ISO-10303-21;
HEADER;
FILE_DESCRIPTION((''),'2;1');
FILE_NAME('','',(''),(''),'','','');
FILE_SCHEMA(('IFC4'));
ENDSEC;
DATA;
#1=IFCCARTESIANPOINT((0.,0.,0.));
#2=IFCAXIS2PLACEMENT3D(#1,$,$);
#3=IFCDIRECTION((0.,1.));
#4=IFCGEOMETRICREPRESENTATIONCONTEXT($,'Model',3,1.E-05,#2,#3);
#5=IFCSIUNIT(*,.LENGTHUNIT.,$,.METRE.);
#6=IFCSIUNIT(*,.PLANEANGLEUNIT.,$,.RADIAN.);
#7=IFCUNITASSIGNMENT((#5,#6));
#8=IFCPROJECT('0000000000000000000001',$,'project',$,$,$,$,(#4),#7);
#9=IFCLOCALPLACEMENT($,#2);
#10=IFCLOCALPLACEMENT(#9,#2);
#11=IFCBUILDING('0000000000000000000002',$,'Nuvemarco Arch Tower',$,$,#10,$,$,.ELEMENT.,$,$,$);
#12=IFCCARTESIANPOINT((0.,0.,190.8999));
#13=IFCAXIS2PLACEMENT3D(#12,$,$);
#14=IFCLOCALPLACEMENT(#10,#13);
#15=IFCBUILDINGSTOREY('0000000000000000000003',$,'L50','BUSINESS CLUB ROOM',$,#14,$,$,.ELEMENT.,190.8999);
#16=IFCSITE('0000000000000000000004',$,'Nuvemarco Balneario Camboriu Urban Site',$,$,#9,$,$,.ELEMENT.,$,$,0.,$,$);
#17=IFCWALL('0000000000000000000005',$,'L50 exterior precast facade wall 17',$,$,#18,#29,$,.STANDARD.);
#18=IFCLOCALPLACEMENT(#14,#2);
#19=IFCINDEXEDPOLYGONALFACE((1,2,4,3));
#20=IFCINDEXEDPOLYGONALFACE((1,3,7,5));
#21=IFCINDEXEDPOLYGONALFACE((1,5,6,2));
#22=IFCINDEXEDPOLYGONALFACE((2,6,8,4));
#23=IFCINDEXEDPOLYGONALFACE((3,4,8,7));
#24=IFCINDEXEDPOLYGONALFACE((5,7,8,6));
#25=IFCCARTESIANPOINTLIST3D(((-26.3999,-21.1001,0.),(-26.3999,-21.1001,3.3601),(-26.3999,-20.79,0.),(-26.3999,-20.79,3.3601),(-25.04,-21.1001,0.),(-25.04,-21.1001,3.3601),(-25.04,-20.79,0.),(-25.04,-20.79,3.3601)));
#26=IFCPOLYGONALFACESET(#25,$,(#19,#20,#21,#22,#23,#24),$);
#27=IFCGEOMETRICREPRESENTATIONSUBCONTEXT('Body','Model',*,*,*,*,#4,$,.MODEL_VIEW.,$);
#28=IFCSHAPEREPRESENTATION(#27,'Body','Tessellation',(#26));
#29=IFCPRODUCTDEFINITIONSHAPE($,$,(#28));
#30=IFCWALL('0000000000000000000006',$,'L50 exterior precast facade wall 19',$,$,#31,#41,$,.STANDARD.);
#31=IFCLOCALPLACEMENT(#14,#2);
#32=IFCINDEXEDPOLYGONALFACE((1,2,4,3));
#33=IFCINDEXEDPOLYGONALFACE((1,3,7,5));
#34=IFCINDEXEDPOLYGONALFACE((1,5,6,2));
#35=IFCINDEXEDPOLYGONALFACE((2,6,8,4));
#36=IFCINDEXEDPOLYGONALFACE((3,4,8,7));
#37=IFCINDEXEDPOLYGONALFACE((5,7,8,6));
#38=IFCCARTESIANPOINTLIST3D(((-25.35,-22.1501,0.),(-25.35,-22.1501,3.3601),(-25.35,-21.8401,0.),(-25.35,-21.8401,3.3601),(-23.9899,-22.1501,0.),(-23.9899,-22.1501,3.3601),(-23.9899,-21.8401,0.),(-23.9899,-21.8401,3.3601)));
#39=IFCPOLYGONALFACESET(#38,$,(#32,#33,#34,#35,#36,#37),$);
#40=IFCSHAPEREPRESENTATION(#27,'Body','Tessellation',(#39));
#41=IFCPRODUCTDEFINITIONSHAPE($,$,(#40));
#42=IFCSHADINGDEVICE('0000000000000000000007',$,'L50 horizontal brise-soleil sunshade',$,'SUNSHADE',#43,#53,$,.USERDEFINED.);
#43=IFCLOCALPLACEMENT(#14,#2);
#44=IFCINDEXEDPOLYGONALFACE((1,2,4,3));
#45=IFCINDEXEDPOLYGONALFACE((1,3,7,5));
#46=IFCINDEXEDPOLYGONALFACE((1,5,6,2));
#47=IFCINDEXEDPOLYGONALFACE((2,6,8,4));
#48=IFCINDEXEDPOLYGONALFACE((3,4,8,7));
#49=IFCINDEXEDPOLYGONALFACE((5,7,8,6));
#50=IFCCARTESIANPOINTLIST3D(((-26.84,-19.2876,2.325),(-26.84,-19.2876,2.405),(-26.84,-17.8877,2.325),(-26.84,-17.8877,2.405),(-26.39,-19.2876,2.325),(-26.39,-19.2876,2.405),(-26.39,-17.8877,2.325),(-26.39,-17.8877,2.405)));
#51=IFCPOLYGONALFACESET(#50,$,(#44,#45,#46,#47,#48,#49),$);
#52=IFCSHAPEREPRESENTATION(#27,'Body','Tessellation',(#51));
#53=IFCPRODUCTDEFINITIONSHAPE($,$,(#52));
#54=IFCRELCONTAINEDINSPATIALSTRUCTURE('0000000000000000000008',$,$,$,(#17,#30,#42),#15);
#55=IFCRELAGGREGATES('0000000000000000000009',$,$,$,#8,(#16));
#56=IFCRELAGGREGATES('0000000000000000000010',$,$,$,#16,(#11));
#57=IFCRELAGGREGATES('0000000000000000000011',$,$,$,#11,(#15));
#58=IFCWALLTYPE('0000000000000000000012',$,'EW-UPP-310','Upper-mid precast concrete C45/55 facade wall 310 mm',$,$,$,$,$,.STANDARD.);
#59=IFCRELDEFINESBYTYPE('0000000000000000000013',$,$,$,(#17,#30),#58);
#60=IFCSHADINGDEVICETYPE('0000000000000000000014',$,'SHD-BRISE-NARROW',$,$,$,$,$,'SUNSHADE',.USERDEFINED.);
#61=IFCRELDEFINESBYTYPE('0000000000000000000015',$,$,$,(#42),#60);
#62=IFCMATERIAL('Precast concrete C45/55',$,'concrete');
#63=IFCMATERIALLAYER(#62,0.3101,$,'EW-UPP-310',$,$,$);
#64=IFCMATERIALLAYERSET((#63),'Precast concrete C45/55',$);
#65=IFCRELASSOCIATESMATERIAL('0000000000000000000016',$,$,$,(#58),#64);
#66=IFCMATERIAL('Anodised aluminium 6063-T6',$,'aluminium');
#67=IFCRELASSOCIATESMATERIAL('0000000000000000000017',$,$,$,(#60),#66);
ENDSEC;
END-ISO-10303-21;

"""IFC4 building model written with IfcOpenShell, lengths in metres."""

from ifc_helpers import new_model, si_unit, direction, frame, frame_2d, origin, origin_2d, place, context, subcontext, project, spatial, rectangle, extrude, source, transform, mapped, material, layer, layer_set, type_object, type_shapes, element, save


model = new_model("IFC4")

# Units and contexts
model_context = context("Model", 3, precision=1e-05, world=origin(), true_north=direction((0.0, 1.0)))
body_context = subcontext(model_context, "Body", "Model", "MODEL_VIEW")
ifc_project = project(units=[si_unit("LENGTHUNIT", "METRE"), si_unit("PLANEANGLEUNIT", "RADIAN")], contexts=[model_context])

# Site, building, storey
site_placement = place(None, origin())
site = spatial("IfcSite", under=ifc_project, at=site_placement, Name="Nuvemarco Balneario Camboriu Urban Site", CompositionType="ELEMENT", RefElevation=0.0)
building_placement = place(site_placement, origin())
building = spatial("IfcBuilding", under=site, at=building_placement, Name="Nuvemarco Arch Tower", CompositionType="ELEMENT")
storey_placement = place(building_placement, frame((0.0, 0.0, 190.8999)))
storey = spatial("IfcBuildingStorey", under=building, at=storey_placement, Name="L50", Description="BUSINESS CLUB ROOM", CompositionType="ELEMENT", Elevation=190.8999)

# Shared definitions
ifc_material_1 = material(Name="Precast concrete C45/55", Category="concrete")
ifc_layer = layer(ifc_material_1, 0.3101, Name="EW-UPP-310")
ifc_layer_set = layer_set([ifc_layer], Name="Precast concrete C45/55")
wall_type = type_object("IfcWallType", Name="EW-UPP-310", Description="Upper-mid precast concrete C45/55 facade wall 310 mm", PredefinedType="STANDARD", material=ifc_layer_set)

# Walls
wall_1_placement = place(storey_placement, frame((-26.3999, -20.9451, 0.0), z_axis=(0.0, 0.0, 1.0), x_axis=(1.0, 0.0, 0.0)))
element("IfcWall", 1, at=wall_1_placement, inside=storey, type_object=wall_type, Name="L50 exterior precast facade wall 17", PredefinedType="STANDARD", context=body_context, shape_type="SweptSolid", body=[
    extrude(rectangle(XDim=1.3599, YDim=0.3101, at=frame_2d((0.6799, 0.0))), origin(), (0.0, 0.0, 1.0), 3.3601),
])
wall_2_placement = place(storey_placement, frame((-25.3501, -21.9951, 0.0), z_axis=(0.0, 0.0, 1.0), x_axis=(1.0, 0.0, 0.0)))
element("IfcWall", 2, at=wall_2_placement, inside=storey, type_object=wall_type, Name="L50 exterior precast facade wall 19", PredefinedType="STANDARD", context=body_context, shape_type="SweptSolid", body=[
    extrude(rectangle(XDim=1.3601, YDim=0.3101, at=frame_2d((0.6802, 0.0))), origin(), (0.0, 0.0, 1.0), 3.3601),
])

# Shading device
ifc_material_2 = material(Name="Anodised aluminium 6063-T6", Category="aluminium")
shading_device_type = type_object("IfcShadingDeviceType", Name="SHD-BRISE-NARROW", ElementType="SUNSHADE", PredefinedType="USERDEFINED", material=ifc_material_2)
shared_shape_1 = source(origin(), body_context, "Body", "SweptSolid", [
    extrude(rectangle(XDim=1.3999, YDim=0.45, at=origin_2d()), origin(), (0.0, 0.0, 1.0), 0.0801),
])
type_shapes(shading_device_type, [shared_shape_1])
shading_device_placement = place(storey_placement, frame((-26.615, -18.5876, 2.325), z_axis=(0.0, 0.0, 1.0), x_axis=(0.0, 1.0, 0.0)))
element("IfcShadingDevice", 3, at=shading_device_placement, inside=storey, type_object=shading_device_type, Name="L50 horizontal brise-soleil sunshade", ObjectType="SUNSHADE", PredefinedType="USERDEFINED", context=body_context, shape_type="MappedRepresentation", body=[
    mapped(shared_shape_1, transform((0.0, 0.0, 0.0), scale=1.0)),
])

save(model, "model.ifc")
